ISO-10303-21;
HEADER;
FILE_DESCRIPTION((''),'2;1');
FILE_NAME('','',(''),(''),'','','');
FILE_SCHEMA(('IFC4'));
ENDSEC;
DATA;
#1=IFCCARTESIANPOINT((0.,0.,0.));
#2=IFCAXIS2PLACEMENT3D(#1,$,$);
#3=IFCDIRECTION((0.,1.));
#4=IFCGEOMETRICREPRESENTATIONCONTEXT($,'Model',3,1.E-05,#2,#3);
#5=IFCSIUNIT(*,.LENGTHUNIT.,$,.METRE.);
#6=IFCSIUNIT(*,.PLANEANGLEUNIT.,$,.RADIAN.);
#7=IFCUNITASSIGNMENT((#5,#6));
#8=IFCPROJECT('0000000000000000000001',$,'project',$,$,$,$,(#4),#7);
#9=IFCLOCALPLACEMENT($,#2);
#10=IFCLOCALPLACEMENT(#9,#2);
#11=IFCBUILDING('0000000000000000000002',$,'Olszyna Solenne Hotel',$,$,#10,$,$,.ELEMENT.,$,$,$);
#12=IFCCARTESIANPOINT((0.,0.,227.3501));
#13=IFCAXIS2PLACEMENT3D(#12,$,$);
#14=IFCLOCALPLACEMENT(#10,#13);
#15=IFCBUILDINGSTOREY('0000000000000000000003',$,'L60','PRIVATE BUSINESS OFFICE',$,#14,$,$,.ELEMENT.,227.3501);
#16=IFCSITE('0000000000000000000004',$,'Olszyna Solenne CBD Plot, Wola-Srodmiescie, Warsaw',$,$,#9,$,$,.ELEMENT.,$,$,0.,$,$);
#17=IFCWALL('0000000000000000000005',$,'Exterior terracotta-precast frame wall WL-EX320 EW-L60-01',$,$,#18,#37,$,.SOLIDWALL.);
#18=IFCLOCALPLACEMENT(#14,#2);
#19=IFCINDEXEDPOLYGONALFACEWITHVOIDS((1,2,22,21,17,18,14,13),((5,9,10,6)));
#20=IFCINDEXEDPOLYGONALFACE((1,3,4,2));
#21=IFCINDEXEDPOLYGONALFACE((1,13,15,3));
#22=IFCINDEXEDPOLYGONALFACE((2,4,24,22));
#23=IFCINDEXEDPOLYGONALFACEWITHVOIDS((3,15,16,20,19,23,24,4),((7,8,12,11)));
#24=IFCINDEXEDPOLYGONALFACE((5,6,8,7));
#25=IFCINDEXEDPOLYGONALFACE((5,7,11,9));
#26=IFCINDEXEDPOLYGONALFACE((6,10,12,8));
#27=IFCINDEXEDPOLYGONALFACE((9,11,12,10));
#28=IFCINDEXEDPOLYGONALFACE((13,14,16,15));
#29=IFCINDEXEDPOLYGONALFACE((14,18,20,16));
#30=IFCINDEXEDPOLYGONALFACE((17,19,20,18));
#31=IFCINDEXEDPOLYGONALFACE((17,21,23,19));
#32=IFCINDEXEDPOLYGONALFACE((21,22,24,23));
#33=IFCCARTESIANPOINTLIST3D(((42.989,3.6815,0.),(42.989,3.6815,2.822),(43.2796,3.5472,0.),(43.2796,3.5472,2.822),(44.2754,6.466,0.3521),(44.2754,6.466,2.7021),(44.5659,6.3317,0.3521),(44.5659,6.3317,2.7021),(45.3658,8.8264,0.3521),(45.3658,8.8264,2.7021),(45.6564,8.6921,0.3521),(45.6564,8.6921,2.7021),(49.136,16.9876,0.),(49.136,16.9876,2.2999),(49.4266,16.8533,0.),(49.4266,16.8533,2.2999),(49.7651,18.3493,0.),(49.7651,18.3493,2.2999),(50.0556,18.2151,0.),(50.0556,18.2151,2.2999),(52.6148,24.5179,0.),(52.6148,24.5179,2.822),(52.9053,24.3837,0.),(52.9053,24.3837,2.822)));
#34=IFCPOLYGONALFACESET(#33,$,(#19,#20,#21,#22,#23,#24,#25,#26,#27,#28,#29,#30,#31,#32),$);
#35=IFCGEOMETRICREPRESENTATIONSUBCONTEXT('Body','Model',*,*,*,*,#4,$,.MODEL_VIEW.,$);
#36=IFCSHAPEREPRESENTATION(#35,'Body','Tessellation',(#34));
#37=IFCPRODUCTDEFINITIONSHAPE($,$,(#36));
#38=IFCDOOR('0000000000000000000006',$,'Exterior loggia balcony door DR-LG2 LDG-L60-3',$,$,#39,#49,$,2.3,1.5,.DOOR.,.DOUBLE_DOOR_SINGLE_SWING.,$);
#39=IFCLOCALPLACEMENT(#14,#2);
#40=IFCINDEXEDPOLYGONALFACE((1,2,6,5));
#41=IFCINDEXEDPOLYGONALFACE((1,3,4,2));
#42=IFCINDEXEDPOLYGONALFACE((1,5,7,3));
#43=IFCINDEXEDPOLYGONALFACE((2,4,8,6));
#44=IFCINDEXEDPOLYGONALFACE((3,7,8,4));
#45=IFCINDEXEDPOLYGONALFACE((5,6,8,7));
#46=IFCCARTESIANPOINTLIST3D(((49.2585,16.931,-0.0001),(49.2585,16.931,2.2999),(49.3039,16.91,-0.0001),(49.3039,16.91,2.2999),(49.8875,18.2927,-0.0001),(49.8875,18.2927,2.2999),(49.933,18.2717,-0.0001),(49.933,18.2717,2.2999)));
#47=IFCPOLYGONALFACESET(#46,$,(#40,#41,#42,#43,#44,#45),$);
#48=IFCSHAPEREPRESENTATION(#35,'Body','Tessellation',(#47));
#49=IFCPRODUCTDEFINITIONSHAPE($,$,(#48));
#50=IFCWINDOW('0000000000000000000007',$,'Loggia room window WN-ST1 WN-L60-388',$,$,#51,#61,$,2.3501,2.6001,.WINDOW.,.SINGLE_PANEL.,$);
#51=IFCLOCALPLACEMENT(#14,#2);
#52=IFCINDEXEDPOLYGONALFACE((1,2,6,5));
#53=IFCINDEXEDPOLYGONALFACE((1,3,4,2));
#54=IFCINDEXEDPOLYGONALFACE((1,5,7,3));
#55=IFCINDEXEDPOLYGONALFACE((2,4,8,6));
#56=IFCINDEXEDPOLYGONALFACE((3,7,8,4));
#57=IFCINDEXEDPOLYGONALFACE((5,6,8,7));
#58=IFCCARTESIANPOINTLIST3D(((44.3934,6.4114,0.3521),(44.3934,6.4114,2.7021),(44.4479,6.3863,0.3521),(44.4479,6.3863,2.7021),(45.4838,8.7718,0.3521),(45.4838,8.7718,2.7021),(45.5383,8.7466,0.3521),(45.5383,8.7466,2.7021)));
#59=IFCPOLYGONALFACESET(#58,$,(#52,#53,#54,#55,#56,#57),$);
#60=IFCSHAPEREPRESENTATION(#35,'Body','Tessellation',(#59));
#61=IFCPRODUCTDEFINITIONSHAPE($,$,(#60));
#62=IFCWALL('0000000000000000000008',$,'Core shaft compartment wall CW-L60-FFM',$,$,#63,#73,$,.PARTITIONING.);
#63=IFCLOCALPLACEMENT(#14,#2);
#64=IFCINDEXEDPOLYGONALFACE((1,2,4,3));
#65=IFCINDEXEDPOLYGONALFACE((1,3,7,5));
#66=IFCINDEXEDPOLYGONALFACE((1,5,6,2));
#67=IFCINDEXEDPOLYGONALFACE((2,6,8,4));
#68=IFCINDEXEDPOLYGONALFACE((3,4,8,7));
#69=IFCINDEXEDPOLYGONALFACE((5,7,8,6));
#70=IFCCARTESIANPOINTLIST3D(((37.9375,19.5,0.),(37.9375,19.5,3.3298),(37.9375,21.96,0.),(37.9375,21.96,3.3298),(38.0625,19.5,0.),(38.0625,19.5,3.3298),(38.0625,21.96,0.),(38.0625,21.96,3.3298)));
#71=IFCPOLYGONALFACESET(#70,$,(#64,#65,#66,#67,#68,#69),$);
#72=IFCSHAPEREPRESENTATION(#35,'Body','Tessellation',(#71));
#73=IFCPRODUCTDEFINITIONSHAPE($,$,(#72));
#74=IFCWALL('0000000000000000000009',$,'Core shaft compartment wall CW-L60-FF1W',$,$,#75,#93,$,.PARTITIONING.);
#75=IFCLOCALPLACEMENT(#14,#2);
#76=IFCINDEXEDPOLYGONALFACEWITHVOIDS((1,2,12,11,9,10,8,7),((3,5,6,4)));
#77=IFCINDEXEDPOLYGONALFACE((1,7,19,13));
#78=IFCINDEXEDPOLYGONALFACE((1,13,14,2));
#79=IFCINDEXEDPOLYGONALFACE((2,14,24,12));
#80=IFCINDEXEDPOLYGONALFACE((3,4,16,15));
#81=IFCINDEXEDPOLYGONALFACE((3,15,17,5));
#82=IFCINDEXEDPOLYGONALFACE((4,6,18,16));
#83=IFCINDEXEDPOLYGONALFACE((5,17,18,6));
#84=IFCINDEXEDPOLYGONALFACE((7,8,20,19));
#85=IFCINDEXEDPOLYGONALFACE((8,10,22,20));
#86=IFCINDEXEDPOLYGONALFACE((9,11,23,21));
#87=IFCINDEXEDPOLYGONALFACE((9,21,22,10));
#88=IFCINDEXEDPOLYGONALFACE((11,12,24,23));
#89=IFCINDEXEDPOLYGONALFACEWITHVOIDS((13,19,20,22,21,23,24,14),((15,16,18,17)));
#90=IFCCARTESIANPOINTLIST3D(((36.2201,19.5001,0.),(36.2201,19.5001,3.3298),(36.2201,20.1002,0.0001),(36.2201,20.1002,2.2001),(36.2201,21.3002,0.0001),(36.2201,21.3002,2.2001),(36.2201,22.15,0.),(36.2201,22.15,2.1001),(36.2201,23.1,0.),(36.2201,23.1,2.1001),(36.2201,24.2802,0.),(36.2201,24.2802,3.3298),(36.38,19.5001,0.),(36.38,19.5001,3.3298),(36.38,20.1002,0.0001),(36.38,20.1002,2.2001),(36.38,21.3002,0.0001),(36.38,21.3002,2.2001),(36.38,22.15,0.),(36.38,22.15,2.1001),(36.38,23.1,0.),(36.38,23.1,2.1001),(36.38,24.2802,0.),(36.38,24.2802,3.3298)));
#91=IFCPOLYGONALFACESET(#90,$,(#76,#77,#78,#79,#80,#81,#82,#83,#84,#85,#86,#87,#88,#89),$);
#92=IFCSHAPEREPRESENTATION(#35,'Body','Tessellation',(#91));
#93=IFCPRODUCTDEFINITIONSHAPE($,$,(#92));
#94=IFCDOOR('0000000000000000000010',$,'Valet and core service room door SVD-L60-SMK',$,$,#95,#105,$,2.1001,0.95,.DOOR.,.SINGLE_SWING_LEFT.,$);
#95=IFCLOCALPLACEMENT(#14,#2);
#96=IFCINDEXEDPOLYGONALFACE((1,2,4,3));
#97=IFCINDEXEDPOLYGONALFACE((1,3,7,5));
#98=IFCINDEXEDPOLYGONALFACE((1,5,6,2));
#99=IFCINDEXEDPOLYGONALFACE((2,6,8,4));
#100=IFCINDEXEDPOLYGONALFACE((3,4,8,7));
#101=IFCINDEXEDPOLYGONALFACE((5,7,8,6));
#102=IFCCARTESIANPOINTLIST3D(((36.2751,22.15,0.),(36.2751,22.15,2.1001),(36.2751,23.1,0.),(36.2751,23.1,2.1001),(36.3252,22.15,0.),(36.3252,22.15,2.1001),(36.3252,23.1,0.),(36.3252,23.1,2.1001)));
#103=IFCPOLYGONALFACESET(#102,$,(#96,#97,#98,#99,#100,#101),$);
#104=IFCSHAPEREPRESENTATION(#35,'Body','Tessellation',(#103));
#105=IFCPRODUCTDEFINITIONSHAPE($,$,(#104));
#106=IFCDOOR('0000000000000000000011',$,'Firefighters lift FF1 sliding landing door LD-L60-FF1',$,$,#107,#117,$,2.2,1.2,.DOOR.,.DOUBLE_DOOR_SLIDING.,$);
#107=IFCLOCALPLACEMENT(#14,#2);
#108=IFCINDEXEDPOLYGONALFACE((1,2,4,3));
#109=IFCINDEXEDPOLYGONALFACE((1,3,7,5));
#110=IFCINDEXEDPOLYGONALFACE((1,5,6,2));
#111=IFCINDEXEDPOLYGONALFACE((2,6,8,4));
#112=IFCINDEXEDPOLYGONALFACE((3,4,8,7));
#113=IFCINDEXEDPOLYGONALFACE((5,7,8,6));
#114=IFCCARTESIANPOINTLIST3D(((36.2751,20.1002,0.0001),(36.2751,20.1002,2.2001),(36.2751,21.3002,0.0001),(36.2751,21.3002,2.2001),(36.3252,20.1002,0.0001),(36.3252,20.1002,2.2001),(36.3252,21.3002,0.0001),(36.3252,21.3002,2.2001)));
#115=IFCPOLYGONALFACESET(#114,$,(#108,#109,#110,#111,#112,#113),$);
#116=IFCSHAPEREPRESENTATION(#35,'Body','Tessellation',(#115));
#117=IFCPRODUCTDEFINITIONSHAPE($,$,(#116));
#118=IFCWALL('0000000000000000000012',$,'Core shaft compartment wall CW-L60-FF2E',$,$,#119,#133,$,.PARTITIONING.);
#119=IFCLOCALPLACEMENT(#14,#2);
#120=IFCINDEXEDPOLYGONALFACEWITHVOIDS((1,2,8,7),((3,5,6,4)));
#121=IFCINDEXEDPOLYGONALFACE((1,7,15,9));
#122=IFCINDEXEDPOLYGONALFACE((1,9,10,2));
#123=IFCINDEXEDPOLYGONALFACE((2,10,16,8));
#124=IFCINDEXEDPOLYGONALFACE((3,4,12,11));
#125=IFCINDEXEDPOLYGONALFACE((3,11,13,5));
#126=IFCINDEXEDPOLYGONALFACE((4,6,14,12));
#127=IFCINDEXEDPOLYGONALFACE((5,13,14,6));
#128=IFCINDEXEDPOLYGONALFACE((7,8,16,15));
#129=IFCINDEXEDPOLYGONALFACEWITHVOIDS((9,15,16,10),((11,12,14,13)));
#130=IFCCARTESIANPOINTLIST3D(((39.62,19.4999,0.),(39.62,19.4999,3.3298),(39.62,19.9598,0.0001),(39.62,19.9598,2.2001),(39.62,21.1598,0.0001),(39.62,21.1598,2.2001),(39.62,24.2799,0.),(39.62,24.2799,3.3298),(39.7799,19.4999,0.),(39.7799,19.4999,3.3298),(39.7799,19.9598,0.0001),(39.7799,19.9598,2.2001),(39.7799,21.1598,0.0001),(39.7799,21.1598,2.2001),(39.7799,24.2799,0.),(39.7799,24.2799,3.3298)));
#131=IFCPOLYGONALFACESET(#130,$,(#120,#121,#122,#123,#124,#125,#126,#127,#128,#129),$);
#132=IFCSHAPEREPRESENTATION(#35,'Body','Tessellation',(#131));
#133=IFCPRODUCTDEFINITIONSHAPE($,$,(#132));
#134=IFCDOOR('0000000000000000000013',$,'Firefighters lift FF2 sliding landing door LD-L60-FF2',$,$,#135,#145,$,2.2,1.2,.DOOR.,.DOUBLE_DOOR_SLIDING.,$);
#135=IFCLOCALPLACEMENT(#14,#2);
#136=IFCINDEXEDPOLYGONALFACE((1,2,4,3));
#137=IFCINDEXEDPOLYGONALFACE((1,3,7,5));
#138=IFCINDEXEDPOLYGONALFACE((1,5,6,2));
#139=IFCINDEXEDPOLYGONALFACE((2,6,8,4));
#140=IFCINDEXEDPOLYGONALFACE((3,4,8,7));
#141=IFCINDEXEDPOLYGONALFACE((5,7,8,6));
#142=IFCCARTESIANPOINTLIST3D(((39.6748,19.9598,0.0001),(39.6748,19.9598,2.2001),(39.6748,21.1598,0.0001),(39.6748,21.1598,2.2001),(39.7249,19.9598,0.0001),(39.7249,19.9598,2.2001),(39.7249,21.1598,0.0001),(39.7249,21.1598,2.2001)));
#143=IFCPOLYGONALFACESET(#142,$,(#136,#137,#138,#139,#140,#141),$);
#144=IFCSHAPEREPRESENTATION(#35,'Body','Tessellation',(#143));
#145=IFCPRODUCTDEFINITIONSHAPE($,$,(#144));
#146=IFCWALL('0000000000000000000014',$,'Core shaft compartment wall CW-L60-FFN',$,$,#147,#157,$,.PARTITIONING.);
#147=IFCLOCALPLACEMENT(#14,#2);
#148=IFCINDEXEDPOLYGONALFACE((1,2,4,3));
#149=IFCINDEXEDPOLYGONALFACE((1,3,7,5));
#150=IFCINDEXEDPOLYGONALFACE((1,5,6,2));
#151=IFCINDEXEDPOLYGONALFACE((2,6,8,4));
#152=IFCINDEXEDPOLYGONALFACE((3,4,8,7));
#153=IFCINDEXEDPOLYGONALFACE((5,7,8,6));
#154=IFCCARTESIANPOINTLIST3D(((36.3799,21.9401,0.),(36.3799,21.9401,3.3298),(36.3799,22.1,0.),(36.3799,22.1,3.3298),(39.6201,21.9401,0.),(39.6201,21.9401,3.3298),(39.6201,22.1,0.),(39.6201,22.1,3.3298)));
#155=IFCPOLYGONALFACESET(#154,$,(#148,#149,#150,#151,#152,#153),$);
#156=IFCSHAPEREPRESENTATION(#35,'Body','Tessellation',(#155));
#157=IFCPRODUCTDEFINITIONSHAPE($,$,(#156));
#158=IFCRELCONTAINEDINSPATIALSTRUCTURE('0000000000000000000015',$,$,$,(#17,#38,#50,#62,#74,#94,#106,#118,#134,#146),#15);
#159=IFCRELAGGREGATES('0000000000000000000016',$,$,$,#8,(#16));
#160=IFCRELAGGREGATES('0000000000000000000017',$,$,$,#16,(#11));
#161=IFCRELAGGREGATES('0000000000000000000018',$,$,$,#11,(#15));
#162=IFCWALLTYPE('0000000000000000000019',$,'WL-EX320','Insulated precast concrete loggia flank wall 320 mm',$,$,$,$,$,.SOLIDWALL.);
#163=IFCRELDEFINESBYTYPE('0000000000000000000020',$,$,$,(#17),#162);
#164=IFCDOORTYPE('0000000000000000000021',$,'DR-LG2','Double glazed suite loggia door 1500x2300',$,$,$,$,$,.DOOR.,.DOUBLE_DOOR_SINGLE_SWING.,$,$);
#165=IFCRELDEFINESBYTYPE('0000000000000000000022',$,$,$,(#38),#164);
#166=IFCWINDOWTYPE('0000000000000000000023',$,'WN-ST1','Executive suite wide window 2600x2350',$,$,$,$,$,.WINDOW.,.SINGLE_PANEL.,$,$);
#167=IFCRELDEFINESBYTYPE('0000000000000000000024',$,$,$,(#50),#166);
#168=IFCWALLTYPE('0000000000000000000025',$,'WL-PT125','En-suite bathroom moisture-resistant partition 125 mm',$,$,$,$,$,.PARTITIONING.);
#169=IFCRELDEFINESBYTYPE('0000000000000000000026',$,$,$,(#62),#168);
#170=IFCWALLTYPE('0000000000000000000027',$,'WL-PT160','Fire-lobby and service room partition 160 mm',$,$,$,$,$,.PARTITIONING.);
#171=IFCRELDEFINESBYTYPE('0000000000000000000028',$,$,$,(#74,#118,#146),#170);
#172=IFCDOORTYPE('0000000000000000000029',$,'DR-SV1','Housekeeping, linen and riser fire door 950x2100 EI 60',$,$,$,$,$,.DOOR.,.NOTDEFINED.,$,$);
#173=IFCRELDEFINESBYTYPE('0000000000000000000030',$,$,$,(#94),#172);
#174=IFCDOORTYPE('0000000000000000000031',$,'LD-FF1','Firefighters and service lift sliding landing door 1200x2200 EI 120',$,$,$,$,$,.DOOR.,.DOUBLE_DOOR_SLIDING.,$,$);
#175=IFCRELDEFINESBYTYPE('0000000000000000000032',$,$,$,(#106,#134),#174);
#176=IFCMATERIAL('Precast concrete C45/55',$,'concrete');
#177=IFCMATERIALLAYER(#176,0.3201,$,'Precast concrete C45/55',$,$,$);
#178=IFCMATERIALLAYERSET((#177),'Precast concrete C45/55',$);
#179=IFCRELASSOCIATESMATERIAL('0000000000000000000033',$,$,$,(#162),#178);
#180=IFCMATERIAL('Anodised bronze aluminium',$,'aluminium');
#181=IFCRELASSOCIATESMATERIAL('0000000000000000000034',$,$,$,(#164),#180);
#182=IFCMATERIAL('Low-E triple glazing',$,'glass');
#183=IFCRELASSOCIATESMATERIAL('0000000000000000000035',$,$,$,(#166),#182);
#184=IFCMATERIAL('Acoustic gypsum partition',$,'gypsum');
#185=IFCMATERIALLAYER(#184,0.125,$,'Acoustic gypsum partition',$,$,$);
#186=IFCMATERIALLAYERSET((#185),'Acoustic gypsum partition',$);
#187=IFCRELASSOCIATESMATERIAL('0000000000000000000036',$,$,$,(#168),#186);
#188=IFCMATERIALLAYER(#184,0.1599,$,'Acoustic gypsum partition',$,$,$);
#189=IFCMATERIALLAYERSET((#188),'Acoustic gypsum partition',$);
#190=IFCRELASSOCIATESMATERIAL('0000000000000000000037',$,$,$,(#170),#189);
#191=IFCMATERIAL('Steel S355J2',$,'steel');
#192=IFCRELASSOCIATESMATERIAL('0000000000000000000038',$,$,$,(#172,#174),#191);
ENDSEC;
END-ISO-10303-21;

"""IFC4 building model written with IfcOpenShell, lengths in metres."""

from ifc_helpers import new_model, si_unit, direction, frame, frame_2d, origin, place, context, subcontext, project, spatial, rectangle, extrude, source, transform, mapped, material, layer, layer_set, type_object, type_shapes, element, fill, save


model = new_model("IFC4")

# Units and contexts
model_context = context("Model", 3, precision=1e-05, world=origin(), true_north=direction((0.0, 1.0)))
body_context = subcontext(model_context, "Body", "Model", "MODEL_VIEW")
ifc_project = project(units=[si_unit("LENGTHUNIT", "METRE"), si_unit("PLANEANGLEUNIT", "RADIAN")], contexts=[model_context])

# Site, building, storey
site_placement = place(None, origin())
site = spatial("IfcSite", under=ifc_project, at=site_placement, Name="Olszyna Solenne CBD Plot, Wola-Srodmiescie, Warsaw", CompositionType="ELEMENT", RefElevation=0.0)
building_placement = place(site_placement, origin())
building = spatial("IfcBuilding", under=site, at=building_placement, Name="Olszyna Solenne Hotel", CompositionType="ELEMENT")
storey_placement = place(building_placement, frame((0.0, 0.0, 227.3501)))
storey = spatial("IfcBuildingStorey", under=building, at=storey_placement, Name="L60", Description="PRIVATE BUSINESS OFFICE", CompositionType="ELEMENT", Elevation=227.3501)

# Shared definitions
ifc_material_1 = material(Name="Steel S355J2", Category="steel")

# Wall, openings, door, window
ifc_material_2 = material(Name="Precast concrete C45/55", Category="concrete")
ifc_layer_1 = layer(ifc_material_2, 0.3201, Name="Precast concrete C45/55")
ifc_layer_set_1 = layer_set([ifc_layer_1], Name="Precast concrete C45/55")
wall_type_1 = type_object("IfcWallType", Name="WL-EX320", Description="Insulated precast concrete loggia flank wall 320 mm", PredefinedType="SOLIDWALL", material=ifc_layer_set_1)
wall_1_placement = place(storey_placement, frame((52.76, 24.4507, 0.0), z_axis=(0.0, 0.0, 1.0), x_axis=(-0.419379, -0.907811, 0.0)))
wall_1 = element("IfcWall", 1, at=wall_1_placement, inside=storey, type_object=wall_type_1, Name="Exterior terracotta-precast frame wall WL-EX320 EW-L60-01", PredefinedType="SOLIDWALL", context=body_context, shape_type="SweptSolid", body=[
    extrude(rectangle(XDim=22.9524, YDim=0.3201, at=frame_2d((11.4761, 0.0))), origin(), (0.0, 0.0, 1.0), 2.822),
])
opening_1_placement = place(wall_1_placement, frame((6.7949, 0.0, 0.0)))
opening_1 = element("IfcOpeningElement", 2, at=opening_1_placement, cuts=wall_1, PredefinedType="OPENING", context=body_context, shape_type="SweptSolid", body=[
    extrude(rectangle(XDim=1.5, YDim=2.3, at=frame_2d((0.75, 1.1499))), frame((0.0, 0.1699, 0.0), z_axis=(0.0, -1.0, 0.0), x_axis=(1.0, 0.0, 0.0)), (0.0, 0.0, 1.0), 0.3401),
])
opening_2_placement = place(wall_1_placement, frame((17.2849, 0.0, 0.3521)))
opening_2 = element("IfcOpeningElement", 3, at=opening_2_placement, cuts=wall_1, PredefinedType="OPENING", context=body_context, shape_type="SweptSolid", body=[
    extrude(rectangle(XDim=2.6001, YDim=2.3501, at=frame_2d((1.3, 1.175))), frame((0.0, 0.1699, 0.0), z_axis=(0.0, -1.0, 0.0), x_axis=(1.0, 0.0, 0.0)), (0.0, 0.0, 1.0), 0.3401),
])
ifc_material_3 = material(Name="Anodised bronze aluminium", Category="aluminium")
door_type_1 = type_object("IfcDoorType", Name="DR-LG2", Description="Double glazed suite loggia door 1500x2300", OperationType="DOUBLE_DOOR_SINGLE_SWING", PredefinedType="DOOR", material=ifc_material_3)
shared_shape_1 = source(origin(), body_context, "Body", "SweptSolid", [
    extrude(rectangle(XDim=1.5, YDim=2.3, at=frame_2d((0.75, 1.1499))), frame((0.0, 0.0249, 0.0), z_axis=(0.0, -1.0, 0.0), x_axis=(1.0, 0.0, 0.0)), (0.0, 0.0, 1.0), 0.05),
])
type_shapes(door_type_1, [shared_shape_1])
door_1_placement = place(opening_1_placement, origin())
door_1 = element("IfcDoor", 4, at=door_1_placement, inside=storey, type_object=door_type_1, Name="Exterior loggia balcony door DR-LG2 LDG-L60-3", OperationType="DOUBLE_DOOR_SINGLE_SWING", OverallHeight=2.3, OverallWidth=1.5, PredefinedType="DOOR", context=body_context, shape_type="MappedRepresentation", body=[
    mapped(shared_shape_1, transform((0.0, 0.0, 0.0), x_axis=(1.0, 0.0, 0.0), y_axis=(0.0, 1.0, 0.0), z_axis=(0.0, 0.0, 1.0), scale=1.0)),
])
fill(opening_1, door_1)
ifc_material_4 = material(Name="Low-E triple glazing", Category="glass")
window_type = type_object("IfcWindowType", Name="WN-ST1", Description="Executive suite wide window 2600x2350", PartitioningType="SINGLE_PANEL", PredefinedType="WINDOW", material=ifc_material_4)
shared_shape_2 = source(origin(), body_context, "Body", "SweptSolid", [
    extrude(rectangle(XDim=2.6001, YDim=2.3501, at=frame_2d((1.3, 1.175))), frame((0.0, 0.03, 0.0), z_axis=(0.0, -1.0, 0.0), x_axis=(1.0, 0.0, 0.0)), (0.0, 0.0, 1.0), 0.0601),
])
type_shapes(window_type, [shared_shape_2])
window_placement = place(opening_2_placement, origin())
window = element("IfcWindow", 5, at=window_placement, inside=storey, type_object=window_type, Name="Loggia room window WN-ST1 WN-L60-388", OverallHeight=2.3501, OverallWidth=2.6001, PartitioningType="SINGLE_PANEL", PredefinedType="WINDOW", context=body_context, shape_type="MappedRepresentation", body=[
    mapped(shared_shape_2, transform((0.0, 0.0, 0.0), x_axis=(1.0, 0.0, 0.0), y_axis=(0.0, 1.0, 0.0), z_axis=(0.0, 0.0, 1.0), scale=1.0)),
])
fill(opening_2, window)

# Wall
ifc_material_5 = material(Name="Acoustic gypsum partition", Category="gypsum")
ifc_layer_2 = layer(ifc_material_5, 0.125, Name="Acoustic gypsum partition")
ifc_layer_set_2 = layer_set([ifc_layer_2], Name="Acoustic gypsum partition")
wall_type_2 = type_object("IfcWallType", Name="WL-PT125", Description="En-suite bathroom moisture-resistant partition 125 mm", PredefinedType="PARTITIONING", material=ifc_layer_set_2)
wall_2_placement = place(storey_placement, frame((38.0, 19.5, 0.0), z_axis=(0.0, 0.0, 1.0), x_axis=(0.0, 1.0, 0.0)))
element("IfcWall", 6, at=wall_2_placement, inside=storey, type_object=wall_type_2, Name="Core shaft compartment wall CW-L60-FFM", PredefinedType="PARTITIONING", context=body_context, shape_type="SweptSolid", body=[
    extrude(rectangle(XDim=2.46, YDim=0.125, at=frame_2d((1.23, 0.0))), origin(), (0.0, 0.0, 1.0), 3.3298),
])

# Wall, openings, doors
ifc_layer_3 = layer(ifc_material_5, 0.1599, Name="Acoustic gypsum partition")
ifc_layer_set_3 = layer_set([ifc_layer_3], Name="Acoustic gypsum partition")
wall_type_3 = type_object("IfcWallType", Name="WL-PT160", Description="Fire-lobby and service room partition 160 mm", PredefinedType="PARTITIONING", material=ifc_layer_set_3)
wall_3_placement = place(storey_placement, frame((36.3, 19.5, 0.0), z_axis=(0.0, 0.0, 1.0), x_axis=(0.0, 1.0, 0.0)))
wall_3 = element("IfcWall", 7, at=wall_3_placement, inside=storey, type_object=wall_type_3, Name="Core shaft compartment wall CW-L60-FF1W", PredefinedType="PARTITIONING", context=body_context, shape_type="SweptSolid", body=[
    extrude(rectangle(XDim=4.78, YDim=0.1599, at=frame_2d((2.3901, 0.0))), origin(), (0.0, 0.0, 1.0), 3.3298),
])
opening_3_placement = place(wall_3_placement, frame((0.6001, 0.0, 0.0)))
opening_3 = element("IfcOpeningElement", 8, at=opening_3_placement, cuts=wall_3, PredefinedType="OPENING", context=body_context, shape_type="SweptSolid", body=[
    extrude(rectangle(XDim=1.2, YDim=2.2, at=frame_2d((0.6001, 1.1001))), frame((0.0, 0.0898, 0.0), z_axis=(0.0, -1.0, 0.0), x_axis=(1.0, 0.0, 0.0)), (0.0, 0.0, 1.0), 0.1799),
])
opening_4_placement = place(wall_3_placement, frame((2.6499, 0.0, 0.0)))
opening_4 = element("IfcOpeningElement", 9, at=opening_4_placement, cuts=wall_3, PredefinedType="OPENING", context=body_context, shape_type="SweptSolid", body=[
    extrude(rectangle(XDim=0.95, YDim=2.1001, at=frame_2d((0.4751, 1.05))), frame((0.0, 0.0898, 0.0), z_axis=(0.0, -1.0, 0.0), x_axis=(1.0, 0.0, 0.0)), (0.0, 0.0, 1.0), 0.1799),
])
door_type_2 = type_object("IfcDoorType", Name="DR-SV1", Description="Housekeeping, linen and riser fire door 950x2100 EI 60", OperationType="NOTDEFINED", PredefinedType="DOOR", material=ifc_material_1)
shared_shape_3 = source(origin(), body_context, "Body", "SweptSolid", [
    extrude(rectangle(XDim=0.95, YDim=2.1001, at=frame_2d((0.4751, 1.05))), frame((0.0, 0.0249, 0.0), z_axis=(0.0, -1.0, 0.0), x_axis=(1.0, 0.0, 0.0)), (0.0, 0.0, 1.0), 0.05),
])
type_shapes(door_type_2, [shared_shape_3])
door_2_placement = place(opening_4_placement, origin())
door_2 = element("IfcDoor", 10, at=door_2_placement, inside=storey, type_object=door_type_2, Name="Valet and core service room door SVD-L60-SMK", OperationType="SINGLE_SWING_LEFT", OverallHeight=2.1001, OverallWidth=0.95, PredefinedType="DOOR", context=body_context, shape_type="MappedRepresentation", body=[
    mapped(shared_shape_3, transform((0.0, 0.0, 0.0), x_axis=(1.0, 0.0, 0.0), y_axis=(0.0, 1.0, 0.0), z_axis=(0.0, 0.0, 1.0), scale=1.0)),
])
fill(opening_4, door_2)
door_type_3 = type_object("IfcDoorType", Name="LD-FF1", Description="Firefighters and service lift sliding landing door 1200x2200 EI 120", OperationType="DOUBLE_DOOR_SLIDING", PredefinedType="DOOR", material=ifc_material_1)
shared_shape_4 = source(origin(), body_context, "Body", "SweptSolid", [
    extrude(rectangle(XDim=1.2, YDim=2.2, at=frame_2d((0.6001, 1.1001))), frame((0.0, 0.0249, 0.0), z_axis=(0.0, -1.0, 0.0), x_axis=(1.0, 0.0, 0.0)), (0.0, 0.0, 1.0), 0.05),
])
type_shapes(door_type_3, [shared_shape_4])
door_3_placement = place(opening_3_placement, origin())
door_3 = element("IfcDoor", 11, at=door_3_placement, inside=storey, type_object=door_type_3, Name="Firefighters lift FF1 sliding landing door LD-L60-FF1", OperationType="DOUBLE_DOOR_SLIDING", OverallHeight=2.2, OverallWidth=1.2, PredefinedType="DOOR", context=body_context, shape_type="MappedRepresentation", body=[
    mapped(shared_shape_4, transform((0.0, 0.0, 0.0), x_axis=(1.0, 0.0, 0.0), y_axis=(0.0, 1.0, 0.0), z_axis=(0.0, 0.0, 1.0), scale=1.0)),
])
fill(opening_3, door_3)

# Wall, opening, door
wall_4_placement = place(storey_placement, frame((39.7, 24.28, 0.0), z_axis=(0.0, 0.0, 1.0), x_axis=(0.0, -1.0, 0.0)))
wall_4 = element("IfcWall", 12, at=wall_4_placement, inside=storey, type_object=wall_type_3, Name="Core shaft compartment wall CW-L60-FF2E", PredefinedType="PARTITIONING", context=body_context, shape_type="SweptSolid", body=[
    extrude(rectangle(XDim=4.78, YDim=0.1599, at=frame_2d((2.3901, 0.0))), origin(), (0.0, 0.0, 1.0), 3.3298),
])
opening_5_placement = place(wall_4_placement, frame((3.1201, 0.0, 0.0)))
opening_5 = element("IfcOpeningElement", 13, at=opening_5_placement, cuts=wall_4, PredefinedType="OPENING", context=body_context, shape_type="SweptSolid", body=[
    extrude(rectangle(XDim=1.2, YDim=2.2, at=frame_2d((0.6001, 1.1001))), frame((0.0, 0.0898, 0.0), z_axis=(0.0, -1.0, 0.0), x_axis=(1.0, 0.0, 0.0)), (0.0, 0.0, 1.0), 0.1799),
])
door_4_placement = place(opening_5_placement, origin())
door_4 = element("IfcDoor", 14, at=door_4_placement, inside=storey, type_object=door_type_3, Name="Firefighters lift FF2 sliding landing door LD-L60-FF2", OperationType="DOUBLE_DOOR_SLIDING", OverallHeight=2.2, OverallWidth=1.2, PredefinedType="DOOR", context=body_context, shape_type="MappedRepresentation", body=[
    mapped(shared_shape_4, transform((0.0, 0.0, 0.0), x_axis=(1.0, 0.0, 0.0), y_axis=(0.0, 1.0, 0.0), z_axis=(0.0, 0.0, 1.0), scale=1.0)),
])
fill(opening_5, door_4)

# Wall
wall_5_placement = place(storey_placement, frame((36.3799, 22.02, 0.0), z_axis=(0.0, 0.0, 1.0), x_axis=(1.0, 0.0, 0.0)))
element("IfcWall", 15, at=wall_5_placement, inside=storey, type_object=wall_type_3, Name="Core shaft compartment wall CW-L60-FFN", PredefinedType="PARTITIONING", context=body_context, shape_type="SweptSolid", body=[
    extrude(rectangle(XDim=3.2402, YDim=0.1599, at=frame_2d((1.6201, 0.0))), origin(), (0.0, 0.0, 1.0), 3.3298),
])

save(model, "model.ifc")
